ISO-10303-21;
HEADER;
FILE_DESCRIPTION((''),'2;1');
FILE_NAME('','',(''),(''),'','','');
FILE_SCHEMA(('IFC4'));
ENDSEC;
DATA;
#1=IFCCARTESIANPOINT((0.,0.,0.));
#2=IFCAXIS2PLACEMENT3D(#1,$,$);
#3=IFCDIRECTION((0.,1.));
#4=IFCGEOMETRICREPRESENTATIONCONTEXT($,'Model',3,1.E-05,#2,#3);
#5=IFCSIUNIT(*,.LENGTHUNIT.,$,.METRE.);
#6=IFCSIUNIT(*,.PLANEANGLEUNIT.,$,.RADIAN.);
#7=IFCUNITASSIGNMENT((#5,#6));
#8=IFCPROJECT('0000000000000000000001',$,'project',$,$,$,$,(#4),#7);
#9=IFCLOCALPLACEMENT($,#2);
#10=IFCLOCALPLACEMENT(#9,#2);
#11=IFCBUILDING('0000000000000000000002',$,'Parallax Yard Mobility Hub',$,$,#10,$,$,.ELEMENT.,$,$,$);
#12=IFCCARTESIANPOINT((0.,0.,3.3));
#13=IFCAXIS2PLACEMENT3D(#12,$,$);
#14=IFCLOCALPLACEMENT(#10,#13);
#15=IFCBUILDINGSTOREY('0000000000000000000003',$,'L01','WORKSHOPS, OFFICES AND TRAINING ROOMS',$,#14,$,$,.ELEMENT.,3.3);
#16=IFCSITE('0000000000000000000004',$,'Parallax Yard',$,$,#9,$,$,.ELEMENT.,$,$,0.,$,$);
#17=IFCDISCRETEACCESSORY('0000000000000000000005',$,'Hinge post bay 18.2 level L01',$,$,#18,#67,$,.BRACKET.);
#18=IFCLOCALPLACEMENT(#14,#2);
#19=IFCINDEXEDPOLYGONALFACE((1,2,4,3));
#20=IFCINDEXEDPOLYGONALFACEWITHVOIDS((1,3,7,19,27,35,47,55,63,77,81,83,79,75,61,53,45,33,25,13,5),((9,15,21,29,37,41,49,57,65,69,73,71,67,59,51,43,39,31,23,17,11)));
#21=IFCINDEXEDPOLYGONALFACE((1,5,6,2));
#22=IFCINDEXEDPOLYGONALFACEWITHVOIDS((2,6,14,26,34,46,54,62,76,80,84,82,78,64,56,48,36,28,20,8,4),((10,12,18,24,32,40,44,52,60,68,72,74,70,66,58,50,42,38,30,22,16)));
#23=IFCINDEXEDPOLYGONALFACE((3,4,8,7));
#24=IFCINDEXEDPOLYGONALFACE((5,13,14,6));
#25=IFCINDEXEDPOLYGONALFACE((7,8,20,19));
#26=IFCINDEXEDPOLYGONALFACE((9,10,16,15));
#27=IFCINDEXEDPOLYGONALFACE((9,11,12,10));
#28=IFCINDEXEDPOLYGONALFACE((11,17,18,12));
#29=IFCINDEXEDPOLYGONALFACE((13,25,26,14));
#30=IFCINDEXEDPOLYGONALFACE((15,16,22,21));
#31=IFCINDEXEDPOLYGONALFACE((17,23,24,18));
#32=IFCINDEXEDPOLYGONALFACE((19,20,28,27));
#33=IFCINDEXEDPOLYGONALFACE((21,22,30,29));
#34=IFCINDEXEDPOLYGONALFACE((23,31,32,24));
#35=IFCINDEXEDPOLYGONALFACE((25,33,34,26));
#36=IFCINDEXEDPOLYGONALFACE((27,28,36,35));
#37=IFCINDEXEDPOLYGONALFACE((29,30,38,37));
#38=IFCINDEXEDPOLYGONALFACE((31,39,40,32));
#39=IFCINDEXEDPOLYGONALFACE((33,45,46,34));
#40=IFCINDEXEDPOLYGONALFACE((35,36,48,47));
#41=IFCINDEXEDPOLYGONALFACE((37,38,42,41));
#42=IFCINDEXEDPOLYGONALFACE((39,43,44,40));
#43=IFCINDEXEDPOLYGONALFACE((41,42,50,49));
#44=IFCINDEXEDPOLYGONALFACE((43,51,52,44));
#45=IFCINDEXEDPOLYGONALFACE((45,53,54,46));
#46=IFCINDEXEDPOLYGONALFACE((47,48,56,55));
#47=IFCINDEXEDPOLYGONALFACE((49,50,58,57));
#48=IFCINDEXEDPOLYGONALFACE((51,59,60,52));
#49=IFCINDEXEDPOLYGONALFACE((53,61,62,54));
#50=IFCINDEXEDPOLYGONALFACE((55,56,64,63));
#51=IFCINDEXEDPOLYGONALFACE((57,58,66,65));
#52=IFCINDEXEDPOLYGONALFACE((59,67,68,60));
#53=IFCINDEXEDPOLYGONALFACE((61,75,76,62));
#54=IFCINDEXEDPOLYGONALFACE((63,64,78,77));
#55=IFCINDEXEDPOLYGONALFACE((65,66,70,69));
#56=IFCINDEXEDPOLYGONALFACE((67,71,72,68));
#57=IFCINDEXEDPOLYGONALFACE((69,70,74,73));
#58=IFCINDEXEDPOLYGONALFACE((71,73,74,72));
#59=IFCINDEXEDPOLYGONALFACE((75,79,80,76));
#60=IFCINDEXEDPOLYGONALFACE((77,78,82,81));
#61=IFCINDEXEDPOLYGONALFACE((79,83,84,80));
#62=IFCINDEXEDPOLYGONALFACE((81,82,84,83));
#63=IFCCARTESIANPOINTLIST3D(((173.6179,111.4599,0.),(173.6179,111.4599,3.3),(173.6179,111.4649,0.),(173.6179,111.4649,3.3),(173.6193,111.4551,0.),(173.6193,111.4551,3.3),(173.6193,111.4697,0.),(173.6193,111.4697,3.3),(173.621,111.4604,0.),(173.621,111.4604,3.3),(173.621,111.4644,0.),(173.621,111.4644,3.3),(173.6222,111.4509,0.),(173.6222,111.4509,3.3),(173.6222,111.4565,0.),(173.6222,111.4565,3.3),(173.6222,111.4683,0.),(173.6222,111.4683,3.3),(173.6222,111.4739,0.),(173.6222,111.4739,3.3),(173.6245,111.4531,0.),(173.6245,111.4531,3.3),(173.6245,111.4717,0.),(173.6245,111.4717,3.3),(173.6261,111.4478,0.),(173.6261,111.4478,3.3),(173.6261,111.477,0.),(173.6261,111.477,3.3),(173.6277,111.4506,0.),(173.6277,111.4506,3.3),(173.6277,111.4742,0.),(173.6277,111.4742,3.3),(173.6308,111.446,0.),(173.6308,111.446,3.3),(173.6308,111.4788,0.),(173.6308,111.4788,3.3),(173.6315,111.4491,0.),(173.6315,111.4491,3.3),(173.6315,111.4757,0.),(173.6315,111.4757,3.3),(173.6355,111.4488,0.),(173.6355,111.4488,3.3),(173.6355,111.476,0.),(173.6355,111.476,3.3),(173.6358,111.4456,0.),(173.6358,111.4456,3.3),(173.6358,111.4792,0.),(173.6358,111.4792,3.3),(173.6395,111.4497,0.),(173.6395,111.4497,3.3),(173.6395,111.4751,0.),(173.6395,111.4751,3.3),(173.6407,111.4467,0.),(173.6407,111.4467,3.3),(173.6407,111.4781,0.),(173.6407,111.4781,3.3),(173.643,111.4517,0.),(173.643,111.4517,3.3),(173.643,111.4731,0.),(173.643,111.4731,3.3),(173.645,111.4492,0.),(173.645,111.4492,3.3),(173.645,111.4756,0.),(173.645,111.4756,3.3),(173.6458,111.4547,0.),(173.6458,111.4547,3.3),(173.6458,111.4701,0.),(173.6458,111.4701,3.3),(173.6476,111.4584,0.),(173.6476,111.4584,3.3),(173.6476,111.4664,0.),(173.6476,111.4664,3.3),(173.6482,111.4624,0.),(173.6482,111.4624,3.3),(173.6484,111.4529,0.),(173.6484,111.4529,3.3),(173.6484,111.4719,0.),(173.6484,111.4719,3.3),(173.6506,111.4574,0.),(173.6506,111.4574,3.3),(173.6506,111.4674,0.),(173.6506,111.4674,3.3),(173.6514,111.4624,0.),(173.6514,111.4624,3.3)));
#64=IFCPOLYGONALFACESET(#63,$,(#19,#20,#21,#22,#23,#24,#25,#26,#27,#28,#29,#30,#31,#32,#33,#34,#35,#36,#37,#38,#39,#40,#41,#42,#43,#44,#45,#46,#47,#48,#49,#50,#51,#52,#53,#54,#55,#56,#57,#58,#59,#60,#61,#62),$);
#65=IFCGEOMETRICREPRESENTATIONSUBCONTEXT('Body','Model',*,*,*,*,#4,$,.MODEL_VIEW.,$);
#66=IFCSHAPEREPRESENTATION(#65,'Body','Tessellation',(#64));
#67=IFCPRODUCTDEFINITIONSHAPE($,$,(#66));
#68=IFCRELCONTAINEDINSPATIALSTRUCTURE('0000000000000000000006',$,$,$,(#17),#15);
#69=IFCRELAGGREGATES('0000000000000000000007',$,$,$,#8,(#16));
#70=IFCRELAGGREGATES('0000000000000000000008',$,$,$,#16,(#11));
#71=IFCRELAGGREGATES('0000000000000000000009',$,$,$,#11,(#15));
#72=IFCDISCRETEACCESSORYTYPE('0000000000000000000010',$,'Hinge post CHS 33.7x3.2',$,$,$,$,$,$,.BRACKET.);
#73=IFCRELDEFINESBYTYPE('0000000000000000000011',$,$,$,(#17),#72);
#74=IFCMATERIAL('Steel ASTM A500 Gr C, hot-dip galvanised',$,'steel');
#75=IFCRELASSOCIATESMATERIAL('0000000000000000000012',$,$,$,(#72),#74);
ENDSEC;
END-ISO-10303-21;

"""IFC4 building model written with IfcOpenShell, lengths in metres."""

from ifc_helpers import new_model, si_unit, direction, frame, origin, origin_2d, place, context, subcontext, project, spatial, hollow_circle, extrude, material, material_profile, profile_set, type_object, element, save


model = new_model("IFC4")

# Units and contexts
model_context = context("Model", 3, precision=1e-05, world=origin(), true_north=direction((0.0, 1.0)))
body_context = subcontext(model_context, "Body", "Model", "MODEL_VIEW")
ifc_project = project(units=[si_unit("LENGTHUNIT", "METRE"), si_unit("PLANEANGLEUNIT", "RADIAN")], contexts=[model_context])

# Site, building, storey
site_placement = place(None, origin())
site = spatial("IfcSite", under=ifc_project, at=site_placement, Name="Parallax Yard", CompositionType="ELEMENT", RefElevation=0.0)
building_placement = place(site_placement, origin())
building = spatial("IfcBuilding", under=site, at=building_placement, Name="Parallax Yard Mobility Hub", CompositionType="ELEMENT")
storey_placement = place(building_placement, frame((0.0, 0.0, 3.3)))
storey = spatial("IfcBuildingStorey", under=building, at=storey_placement, Name="L01", Description="WORKSHOPS, OFFICES AND TRAINING ROOMS", CompositionType="ELEMENT", Elevation=3.3)

# Discrete accessory
ifc_material_1 = material(Name="Steel ASTM A500 Gr C, hot-dip galvanised", Category="steel")
ifc_material_profile_1 = material_profile(ifc_material_1, hollow_circle(Radius=0.0168, WallThickness=0.0032, at=origin_2d()), Name="CHS 33.7x3.2")
ifc_profile_set_1 = profile_set([ifc_material_profile_1], Name="Steel ASTM A500 Gr C, hot-dip galvanised")
discrete_accessory_type_1 = type_object("IfcDiscreteAccessoryType", Name="Hinge post CHS 33.7x3.2", PredefinedType="BRACKET", material=ifc_profile_set_1)
for number, where, z_axis, x_axis, name in (
    (1, (173.6345, 111.4624, 0.0), (0.0, 0.0, 1.0), (1.0, 0.0, 0.0), "Hinge post bay 18.2 level L01"),
):
    element("IfcDiscreteAccessory", number, at=place(storey_placement, frame(where, z_axis=z_axis, x_axis=x_axis)), inside=storey, type_object=discrete_accessory_type_1, Name=name, PredefinedType="BRACKET", context=body_context, shape_type="SweptSolid", body=[
        extrude(hollow_circle(Radius=0.0168, WallThickness=0.0032, at=origin_2d()), origin(), (0.0, 0.0, 1.0), 3.3),
    ])

save(model, "model.ifc")
